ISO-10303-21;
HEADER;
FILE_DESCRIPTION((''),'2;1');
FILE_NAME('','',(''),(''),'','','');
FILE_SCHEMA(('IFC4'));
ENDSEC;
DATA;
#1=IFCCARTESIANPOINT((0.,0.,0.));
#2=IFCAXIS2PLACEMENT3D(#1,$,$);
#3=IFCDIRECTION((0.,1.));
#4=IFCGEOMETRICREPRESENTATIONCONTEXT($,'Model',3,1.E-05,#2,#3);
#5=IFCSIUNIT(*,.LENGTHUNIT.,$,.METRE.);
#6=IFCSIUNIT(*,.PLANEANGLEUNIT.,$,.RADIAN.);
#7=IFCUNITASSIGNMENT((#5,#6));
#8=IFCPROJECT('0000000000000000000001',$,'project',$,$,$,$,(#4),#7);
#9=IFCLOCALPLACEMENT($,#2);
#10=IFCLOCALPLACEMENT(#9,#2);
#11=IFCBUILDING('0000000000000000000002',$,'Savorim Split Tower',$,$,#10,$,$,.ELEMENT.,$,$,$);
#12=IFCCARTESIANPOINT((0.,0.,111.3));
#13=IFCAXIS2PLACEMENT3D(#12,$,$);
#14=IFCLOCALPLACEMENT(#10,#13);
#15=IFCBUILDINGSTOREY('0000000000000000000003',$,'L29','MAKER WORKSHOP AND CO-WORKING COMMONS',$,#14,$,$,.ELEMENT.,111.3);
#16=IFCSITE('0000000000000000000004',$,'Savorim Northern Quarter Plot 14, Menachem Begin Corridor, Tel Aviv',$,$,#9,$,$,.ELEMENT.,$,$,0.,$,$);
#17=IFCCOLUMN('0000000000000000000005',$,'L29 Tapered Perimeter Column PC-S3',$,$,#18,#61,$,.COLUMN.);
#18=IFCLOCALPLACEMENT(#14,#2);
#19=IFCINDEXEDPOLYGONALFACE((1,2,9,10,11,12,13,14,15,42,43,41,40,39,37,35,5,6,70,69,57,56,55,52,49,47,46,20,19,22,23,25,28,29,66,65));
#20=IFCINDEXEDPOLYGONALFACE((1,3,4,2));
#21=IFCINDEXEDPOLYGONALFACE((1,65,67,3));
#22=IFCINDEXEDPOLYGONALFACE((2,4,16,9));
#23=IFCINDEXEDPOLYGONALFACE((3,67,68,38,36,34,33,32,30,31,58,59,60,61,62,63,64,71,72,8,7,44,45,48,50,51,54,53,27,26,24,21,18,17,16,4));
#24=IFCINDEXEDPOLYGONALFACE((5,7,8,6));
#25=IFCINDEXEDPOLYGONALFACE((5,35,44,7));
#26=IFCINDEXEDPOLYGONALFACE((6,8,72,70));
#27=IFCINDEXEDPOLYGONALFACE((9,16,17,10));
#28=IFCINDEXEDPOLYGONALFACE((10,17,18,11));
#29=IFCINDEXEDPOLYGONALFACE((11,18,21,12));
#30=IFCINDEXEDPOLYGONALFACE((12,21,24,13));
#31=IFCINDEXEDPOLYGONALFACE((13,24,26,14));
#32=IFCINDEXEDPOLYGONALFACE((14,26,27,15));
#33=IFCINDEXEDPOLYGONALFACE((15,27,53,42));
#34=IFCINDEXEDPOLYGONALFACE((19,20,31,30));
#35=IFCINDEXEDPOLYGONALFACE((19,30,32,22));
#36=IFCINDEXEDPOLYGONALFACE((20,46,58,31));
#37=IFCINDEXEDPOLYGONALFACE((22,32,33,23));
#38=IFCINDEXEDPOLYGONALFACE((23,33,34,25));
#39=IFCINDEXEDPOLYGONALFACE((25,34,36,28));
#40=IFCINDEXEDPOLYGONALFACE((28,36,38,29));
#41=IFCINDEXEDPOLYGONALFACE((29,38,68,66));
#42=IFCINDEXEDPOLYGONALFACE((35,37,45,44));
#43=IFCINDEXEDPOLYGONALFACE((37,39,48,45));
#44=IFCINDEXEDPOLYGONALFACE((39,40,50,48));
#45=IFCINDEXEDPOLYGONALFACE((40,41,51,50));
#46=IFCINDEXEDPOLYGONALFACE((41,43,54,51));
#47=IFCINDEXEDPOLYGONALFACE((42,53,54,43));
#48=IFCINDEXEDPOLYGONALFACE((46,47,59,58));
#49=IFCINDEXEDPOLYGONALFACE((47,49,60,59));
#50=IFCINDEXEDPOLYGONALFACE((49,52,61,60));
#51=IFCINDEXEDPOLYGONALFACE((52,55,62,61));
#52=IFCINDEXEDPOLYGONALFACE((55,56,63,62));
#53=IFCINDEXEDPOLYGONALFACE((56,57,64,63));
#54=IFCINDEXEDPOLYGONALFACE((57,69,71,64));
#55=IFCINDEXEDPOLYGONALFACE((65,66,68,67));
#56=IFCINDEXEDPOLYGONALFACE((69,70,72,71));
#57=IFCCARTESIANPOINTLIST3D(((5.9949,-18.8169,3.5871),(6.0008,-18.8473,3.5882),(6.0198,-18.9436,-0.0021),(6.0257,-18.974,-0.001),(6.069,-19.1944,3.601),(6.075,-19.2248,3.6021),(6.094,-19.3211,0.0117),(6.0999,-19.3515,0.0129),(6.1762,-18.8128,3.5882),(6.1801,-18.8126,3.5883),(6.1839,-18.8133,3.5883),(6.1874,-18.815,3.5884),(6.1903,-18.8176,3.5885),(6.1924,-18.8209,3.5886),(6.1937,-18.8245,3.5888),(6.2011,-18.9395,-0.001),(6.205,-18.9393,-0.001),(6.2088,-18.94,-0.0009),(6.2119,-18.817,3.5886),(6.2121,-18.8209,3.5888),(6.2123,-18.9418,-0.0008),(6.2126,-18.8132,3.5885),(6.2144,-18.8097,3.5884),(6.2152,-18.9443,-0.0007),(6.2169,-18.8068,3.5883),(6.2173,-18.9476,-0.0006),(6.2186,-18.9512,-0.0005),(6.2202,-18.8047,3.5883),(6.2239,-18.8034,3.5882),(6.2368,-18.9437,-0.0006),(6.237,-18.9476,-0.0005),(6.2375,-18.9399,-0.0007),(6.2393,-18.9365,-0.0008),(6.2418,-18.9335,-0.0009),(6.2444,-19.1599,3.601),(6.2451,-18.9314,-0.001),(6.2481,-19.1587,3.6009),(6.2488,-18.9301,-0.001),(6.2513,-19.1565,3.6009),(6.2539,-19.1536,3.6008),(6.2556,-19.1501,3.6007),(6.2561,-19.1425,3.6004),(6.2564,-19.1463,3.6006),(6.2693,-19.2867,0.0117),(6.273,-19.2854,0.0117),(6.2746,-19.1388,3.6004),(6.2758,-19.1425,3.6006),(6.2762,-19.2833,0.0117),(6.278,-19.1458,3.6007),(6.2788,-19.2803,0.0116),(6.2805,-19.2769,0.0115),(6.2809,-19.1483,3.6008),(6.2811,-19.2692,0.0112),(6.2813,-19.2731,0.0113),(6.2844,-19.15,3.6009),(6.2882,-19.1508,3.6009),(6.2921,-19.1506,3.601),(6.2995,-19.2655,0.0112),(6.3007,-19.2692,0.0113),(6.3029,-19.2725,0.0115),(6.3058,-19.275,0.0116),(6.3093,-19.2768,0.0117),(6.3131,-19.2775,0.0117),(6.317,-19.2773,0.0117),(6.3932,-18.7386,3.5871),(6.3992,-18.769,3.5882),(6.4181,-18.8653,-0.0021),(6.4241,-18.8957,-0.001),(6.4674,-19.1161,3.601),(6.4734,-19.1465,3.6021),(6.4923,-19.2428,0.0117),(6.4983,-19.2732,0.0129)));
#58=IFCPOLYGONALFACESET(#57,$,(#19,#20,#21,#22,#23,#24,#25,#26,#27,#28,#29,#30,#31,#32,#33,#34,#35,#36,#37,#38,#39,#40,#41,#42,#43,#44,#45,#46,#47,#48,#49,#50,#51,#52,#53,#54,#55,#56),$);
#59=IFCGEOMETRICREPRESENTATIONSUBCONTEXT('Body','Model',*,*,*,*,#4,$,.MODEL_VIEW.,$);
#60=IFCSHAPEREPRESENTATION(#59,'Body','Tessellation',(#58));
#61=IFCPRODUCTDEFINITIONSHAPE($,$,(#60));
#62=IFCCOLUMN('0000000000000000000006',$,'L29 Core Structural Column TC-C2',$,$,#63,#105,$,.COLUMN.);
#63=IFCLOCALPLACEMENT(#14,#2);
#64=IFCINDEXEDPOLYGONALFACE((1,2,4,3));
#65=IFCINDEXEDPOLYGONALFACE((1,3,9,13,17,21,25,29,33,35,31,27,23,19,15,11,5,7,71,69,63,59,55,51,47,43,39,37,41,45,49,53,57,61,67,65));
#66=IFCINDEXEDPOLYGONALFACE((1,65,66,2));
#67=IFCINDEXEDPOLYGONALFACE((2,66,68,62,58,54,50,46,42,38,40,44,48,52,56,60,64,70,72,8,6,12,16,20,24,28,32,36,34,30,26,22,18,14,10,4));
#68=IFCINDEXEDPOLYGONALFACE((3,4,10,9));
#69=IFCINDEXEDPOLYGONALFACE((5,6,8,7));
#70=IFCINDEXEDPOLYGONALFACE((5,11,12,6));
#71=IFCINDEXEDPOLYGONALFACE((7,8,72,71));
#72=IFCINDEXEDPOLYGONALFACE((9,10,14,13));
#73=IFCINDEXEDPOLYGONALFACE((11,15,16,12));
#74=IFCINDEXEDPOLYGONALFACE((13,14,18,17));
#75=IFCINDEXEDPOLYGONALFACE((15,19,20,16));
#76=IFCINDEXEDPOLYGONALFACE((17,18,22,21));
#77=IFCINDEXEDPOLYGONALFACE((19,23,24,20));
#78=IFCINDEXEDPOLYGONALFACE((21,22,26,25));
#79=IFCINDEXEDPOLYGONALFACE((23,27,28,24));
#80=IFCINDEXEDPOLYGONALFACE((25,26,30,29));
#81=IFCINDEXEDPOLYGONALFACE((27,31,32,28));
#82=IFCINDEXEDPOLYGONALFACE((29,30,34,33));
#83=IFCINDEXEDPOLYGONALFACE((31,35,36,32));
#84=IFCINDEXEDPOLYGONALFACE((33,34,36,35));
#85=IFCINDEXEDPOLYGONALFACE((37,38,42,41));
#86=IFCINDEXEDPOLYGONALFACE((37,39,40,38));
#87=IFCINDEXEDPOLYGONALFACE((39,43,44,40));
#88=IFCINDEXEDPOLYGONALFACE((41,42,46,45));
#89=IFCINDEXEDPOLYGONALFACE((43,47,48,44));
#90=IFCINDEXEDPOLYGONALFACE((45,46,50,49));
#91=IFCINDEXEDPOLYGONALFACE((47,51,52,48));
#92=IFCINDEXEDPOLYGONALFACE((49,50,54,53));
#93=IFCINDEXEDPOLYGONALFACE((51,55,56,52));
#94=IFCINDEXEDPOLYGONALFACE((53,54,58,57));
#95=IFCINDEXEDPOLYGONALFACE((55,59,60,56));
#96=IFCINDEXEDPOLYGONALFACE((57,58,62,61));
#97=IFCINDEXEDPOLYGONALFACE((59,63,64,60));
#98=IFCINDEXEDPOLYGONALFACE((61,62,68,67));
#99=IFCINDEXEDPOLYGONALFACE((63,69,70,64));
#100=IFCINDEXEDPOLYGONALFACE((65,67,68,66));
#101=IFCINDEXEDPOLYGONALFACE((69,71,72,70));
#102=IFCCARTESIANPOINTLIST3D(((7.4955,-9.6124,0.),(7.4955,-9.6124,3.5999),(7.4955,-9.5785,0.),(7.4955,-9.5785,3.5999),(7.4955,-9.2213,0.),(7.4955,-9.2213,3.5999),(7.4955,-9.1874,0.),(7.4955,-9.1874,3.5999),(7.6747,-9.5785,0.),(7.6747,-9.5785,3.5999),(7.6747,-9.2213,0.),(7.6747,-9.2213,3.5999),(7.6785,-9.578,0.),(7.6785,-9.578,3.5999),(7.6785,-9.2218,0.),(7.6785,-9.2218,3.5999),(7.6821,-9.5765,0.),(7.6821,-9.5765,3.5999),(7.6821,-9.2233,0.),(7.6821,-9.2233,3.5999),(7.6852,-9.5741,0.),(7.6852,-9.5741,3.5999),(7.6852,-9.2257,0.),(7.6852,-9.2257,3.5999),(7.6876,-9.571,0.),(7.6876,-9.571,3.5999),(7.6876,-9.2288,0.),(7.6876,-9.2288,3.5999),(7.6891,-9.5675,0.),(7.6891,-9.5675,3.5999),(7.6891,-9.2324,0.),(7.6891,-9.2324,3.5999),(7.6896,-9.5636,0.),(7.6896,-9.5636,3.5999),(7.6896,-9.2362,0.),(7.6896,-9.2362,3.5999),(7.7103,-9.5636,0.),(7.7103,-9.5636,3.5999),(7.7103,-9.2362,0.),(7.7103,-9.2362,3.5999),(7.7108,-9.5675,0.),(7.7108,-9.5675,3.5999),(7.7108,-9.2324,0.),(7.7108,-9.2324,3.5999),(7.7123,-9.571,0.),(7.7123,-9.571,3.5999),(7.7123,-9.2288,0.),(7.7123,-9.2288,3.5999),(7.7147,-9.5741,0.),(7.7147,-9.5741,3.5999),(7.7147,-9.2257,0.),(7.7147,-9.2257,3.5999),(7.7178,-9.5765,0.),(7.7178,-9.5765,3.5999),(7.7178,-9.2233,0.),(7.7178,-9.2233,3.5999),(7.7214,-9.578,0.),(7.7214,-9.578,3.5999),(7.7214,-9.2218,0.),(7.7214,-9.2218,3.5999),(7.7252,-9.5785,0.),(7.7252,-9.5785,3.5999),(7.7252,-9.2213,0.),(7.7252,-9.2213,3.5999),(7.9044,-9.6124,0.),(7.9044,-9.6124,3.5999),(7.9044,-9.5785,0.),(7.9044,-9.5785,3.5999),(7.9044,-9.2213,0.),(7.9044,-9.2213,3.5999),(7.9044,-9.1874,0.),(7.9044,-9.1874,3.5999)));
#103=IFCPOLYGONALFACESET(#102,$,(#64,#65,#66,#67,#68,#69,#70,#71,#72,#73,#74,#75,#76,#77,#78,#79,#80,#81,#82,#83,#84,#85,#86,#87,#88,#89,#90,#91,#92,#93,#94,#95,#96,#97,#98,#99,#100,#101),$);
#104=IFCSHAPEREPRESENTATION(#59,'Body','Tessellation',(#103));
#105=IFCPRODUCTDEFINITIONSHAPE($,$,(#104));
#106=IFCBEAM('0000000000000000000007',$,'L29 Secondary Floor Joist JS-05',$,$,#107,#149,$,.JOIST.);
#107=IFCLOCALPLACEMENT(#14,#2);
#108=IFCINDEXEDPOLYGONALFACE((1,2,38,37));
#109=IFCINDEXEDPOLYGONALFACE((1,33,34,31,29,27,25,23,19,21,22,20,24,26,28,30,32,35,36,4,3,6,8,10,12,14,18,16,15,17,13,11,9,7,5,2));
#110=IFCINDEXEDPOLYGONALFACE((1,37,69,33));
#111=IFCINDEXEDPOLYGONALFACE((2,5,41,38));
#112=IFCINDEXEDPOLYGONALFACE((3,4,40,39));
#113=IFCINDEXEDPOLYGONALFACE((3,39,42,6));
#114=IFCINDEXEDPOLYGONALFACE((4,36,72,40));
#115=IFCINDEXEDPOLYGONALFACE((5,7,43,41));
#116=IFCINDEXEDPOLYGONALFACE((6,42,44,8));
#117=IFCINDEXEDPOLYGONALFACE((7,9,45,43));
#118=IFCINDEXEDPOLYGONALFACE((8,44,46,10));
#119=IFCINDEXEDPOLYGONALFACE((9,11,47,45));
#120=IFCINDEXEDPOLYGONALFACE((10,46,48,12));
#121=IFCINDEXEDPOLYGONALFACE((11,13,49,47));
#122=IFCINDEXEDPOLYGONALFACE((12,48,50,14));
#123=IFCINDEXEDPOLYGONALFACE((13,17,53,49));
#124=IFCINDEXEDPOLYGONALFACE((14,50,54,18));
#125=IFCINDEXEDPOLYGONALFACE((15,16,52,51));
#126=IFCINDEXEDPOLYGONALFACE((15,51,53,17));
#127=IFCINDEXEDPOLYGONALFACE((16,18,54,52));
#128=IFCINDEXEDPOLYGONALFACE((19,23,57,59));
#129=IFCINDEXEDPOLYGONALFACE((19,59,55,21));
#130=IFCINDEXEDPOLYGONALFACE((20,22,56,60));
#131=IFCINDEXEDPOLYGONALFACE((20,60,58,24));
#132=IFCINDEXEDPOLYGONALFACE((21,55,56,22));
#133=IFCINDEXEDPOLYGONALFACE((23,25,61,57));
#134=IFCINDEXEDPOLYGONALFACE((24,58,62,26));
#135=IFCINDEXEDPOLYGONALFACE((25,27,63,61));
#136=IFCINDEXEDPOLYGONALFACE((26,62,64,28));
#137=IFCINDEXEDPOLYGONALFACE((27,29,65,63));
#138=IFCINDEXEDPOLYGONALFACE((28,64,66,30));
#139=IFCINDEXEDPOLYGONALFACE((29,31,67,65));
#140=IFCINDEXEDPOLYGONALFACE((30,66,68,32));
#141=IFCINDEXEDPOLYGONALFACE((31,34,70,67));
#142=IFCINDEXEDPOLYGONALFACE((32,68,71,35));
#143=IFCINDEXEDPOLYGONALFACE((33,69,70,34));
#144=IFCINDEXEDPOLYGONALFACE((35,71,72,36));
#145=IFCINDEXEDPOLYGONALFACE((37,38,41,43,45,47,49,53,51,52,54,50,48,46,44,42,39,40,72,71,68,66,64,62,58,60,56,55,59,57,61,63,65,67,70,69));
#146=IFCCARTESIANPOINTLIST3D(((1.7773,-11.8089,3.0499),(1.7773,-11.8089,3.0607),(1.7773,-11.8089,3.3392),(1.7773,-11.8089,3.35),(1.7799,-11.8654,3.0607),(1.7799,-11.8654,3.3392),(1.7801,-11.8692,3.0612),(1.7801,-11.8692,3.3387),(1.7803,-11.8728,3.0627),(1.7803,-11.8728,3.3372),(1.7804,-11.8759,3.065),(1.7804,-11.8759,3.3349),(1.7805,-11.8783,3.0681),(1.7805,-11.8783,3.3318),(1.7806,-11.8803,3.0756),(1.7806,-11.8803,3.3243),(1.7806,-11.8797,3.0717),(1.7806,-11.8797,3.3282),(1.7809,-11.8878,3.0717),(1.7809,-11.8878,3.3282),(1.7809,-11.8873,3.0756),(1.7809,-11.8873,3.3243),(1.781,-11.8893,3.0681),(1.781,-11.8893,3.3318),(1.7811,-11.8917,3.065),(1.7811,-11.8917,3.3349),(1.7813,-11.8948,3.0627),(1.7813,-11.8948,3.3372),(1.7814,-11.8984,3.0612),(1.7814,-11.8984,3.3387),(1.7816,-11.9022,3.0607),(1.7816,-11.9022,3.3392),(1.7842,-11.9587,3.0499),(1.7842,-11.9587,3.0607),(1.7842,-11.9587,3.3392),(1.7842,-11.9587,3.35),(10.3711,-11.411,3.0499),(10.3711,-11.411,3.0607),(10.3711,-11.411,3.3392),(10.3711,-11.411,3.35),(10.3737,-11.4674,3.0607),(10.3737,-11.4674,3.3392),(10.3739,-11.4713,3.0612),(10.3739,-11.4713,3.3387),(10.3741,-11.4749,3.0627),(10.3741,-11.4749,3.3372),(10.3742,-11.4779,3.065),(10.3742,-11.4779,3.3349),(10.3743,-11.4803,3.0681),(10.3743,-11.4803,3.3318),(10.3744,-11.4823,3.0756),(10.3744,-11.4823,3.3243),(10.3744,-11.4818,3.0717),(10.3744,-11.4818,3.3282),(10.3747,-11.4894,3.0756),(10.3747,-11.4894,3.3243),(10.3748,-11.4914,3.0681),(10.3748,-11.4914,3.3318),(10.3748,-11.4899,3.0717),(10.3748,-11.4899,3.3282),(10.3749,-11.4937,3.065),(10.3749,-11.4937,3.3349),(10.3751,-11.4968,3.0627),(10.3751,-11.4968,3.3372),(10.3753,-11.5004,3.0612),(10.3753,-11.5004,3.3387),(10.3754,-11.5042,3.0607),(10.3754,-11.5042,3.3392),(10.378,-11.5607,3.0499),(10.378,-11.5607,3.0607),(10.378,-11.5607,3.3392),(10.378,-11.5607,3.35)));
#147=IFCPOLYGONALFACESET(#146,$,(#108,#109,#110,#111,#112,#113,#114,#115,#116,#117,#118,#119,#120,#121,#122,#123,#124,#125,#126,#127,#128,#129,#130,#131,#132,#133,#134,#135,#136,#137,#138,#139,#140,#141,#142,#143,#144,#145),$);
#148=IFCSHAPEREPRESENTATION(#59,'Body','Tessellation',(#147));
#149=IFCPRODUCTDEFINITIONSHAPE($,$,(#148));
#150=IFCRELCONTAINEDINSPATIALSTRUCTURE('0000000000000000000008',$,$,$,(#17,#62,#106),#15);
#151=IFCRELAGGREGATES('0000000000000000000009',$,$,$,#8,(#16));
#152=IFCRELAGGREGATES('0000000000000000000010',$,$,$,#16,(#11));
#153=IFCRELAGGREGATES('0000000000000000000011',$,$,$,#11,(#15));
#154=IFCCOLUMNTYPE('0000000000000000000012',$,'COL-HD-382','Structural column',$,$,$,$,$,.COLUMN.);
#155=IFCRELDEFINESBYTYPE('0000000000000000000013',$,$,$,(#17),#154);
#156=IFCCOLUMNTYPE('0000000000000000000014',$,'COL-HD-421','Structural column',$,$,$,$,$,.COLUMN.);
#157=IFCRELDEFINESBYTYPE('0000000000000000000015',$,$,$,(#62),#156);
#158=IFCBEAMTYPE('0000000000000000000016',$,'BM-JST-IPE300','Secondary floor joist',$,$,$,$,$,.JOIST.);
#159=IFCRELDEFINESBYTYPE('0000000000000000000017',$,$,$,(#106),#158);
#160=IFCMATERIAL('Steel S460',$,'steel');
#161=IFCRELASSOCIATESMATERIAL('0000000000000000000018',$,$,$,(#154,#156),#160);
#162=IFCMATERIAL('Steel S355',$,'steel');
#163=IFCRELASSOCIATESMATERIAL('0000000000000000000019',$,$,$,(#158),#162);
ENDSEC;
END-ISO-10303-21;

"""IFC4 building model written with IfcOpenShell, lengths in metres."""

from ifc_helpers import new_model, si_unit, direction, frame, origin, origin_2d, place, context, subcontext, project, spatial, i_section, extrude, material, material_profile, profile_set, type_object, element, save


model = new_model("IFC4")

# Units and contexts
model_context = context("Model", 3, precision=1e-05, world=origin(), true_north=direction((0.0, 1.0)))
body_context = subcontext(model_context, "Body", "Model", "MODEL_VIEW")
ifc_project = project(units=[si_unit("LENGTHUNIT", "METRE"), si_unit("PLANEANGLEUNIT", "RADIAN")], contexts=[model_context])

# Site, building, storey
site_placement = place(None, origin())
site = spatial("IfcSite", under=ifc_project, at=site_placement, Name="Savorim Northern Quarter Plot 14, Menachem Begin Corridor, Tel Aviv", CompositionType="ELEMENT", RefElevation=0.0)
building_placement = place(site_placement, origin())
building = spatial("IfcBuilding", under=site, at=building_placement, Name="Savorim Split Tower", CompositionType="ELEMENT")
storey_placement = place(building_placement, frame((0.0, 0.0, 111.3)))
storey = spatial("IfcBuildingStorey", under=building, at=storey_placement, Name="L29", Description="MAKER WORKSHOP AND CO-WORKING COMMONS", CompositionType="ELEMENT", Elevation=111.3)

# Columns
ifc_material_1 = material(Name="Steel S460", Category="steel")
ifc_material_profile_1 = material_profile(ifc_material_1, i_section(OverallWidth=0.406, OverallDepth=0.416, WebThickness=0.0188, FlangeThickness=0.031, FilletRadius=0.0149, at=origin_2d()), Name="HD 400x382")
ifc_profile_set_1 = profile_set([ifc_material_profile_1], Name="Steel S460")
column_type_1 = type_object("IfcColumnType", Name="COL-HD-382", Description="Structural column", PredefinedType="COLUMN", material=ifc_profile_set_1)
column_1_placement = place(storey_placement, frame((6.259, -19.1084, 0.0054), z_axis=(-0.006934, 0.035281, 0.999353), x_axis=(-0.98123, -0.192843, 0.0)))
element("IfcColumn", 1, at=column_1_placement, inside=storey, type_object=column_type_1, Name="L29 Tapered Perimeter Column PC-S3", PredefinedType="COLUMN", context=body_context, shape_type="SweptSolid", body=[
    extrude(i_section(OverallWidth=0.406, OverallDepth=0.416, WebThickness=0.0188, FlangeThickness=0.031, FilletRadius=0.0149, at=origin_2d()), origin(), (0.0, 0.0, 1.0), 3.5916),
])
ifc_material_profile_2 = material_profile(ifc_material_1, i_section(OverallWidth=0.4089, OverallDepth=0.425, WebThickness=0.0208, FlangeThickness=0.0339, FilletRadius=0.0149, at=origin_2d()), Name="HD 400x421")
ifc_profile_set_2 = profile_set([ifc_material_profile_2], Name="Steel S460")
column_type_2 = type_object("IfcColumnType", Name="COL-HD-421", Description="Structural column", PredefinedType="COLUMN", material=ifc_profile_set_2)
column_2_placement = place(storey_placement, frame((7.7, -9.3999, 0.0), z_axis=(0.0, 0.0, 1.0), x_axis=(1.0, 0.0, 0.0)))
element("IfcColumn", 2, at=column_2_placement, inside=storey, type_object=column_type_2, Name="L29 Core Structural Column TC-C2", PredefinedType="COLUMN", context=body_context, shape_type="SweptSolid", body=[
    extrude(i_section(OverallWidth=0.4089, OverallDepth=0.425, WebThickness=0.0208, FlangeThickness=0.0339, FilletRadius=0.0149, at=origin_2d()), origin(), (0.0, 0.0, 1.0), 3.5999),
])

# Beam
ifc_material_2 = material(Name="Steel S355", Category="steel")
ifc_material_profile_3 = material_profile(ifc_material_2, i_section(OverallWidth=0.1499, OverallDepth=0.3, WebThickness=0.0071, FlangeThickness=0.0107, FilletRadius=0.0149, at=origin_2d()), Name="IPE 300")
ifc_profile_set_3 = profile_set([ifc_material_profile_3], Name="Steel S355")
beam_type_1 = type_object("IfcBeamType", Name="BM-JST-IPE300", Description="Secondary floor joist", PredefinedType="JOIST", material=ifc_profile_set_3)
beam_1_placement = place(storey_placement, frame((1.7808, -11.8838, 3.2), z_axis=(0.99893, 0.046257, 0.0), x_axis=(-0.046257, 0.99893, 0.0)))
element("IfcBeam", 3, at=beam_1_placement, inside=storey, type_object=beam_type_1, Name="L29 Secondary Floor Joist JS-05", PredefinedType="JOIST", context=body_context, shape_type="SweptSolid", body=[
    extrude(i_section(OverallWidth=0.1499, OverallDepth=0.3, WebThickness=0.0071, FlangeThickness=0.0107, FilletRadius=0.0149, at=origin_2d()), origin(), (0.0, 0.0, 1.0), 8.603),
])

save(model, "model.ifc")
